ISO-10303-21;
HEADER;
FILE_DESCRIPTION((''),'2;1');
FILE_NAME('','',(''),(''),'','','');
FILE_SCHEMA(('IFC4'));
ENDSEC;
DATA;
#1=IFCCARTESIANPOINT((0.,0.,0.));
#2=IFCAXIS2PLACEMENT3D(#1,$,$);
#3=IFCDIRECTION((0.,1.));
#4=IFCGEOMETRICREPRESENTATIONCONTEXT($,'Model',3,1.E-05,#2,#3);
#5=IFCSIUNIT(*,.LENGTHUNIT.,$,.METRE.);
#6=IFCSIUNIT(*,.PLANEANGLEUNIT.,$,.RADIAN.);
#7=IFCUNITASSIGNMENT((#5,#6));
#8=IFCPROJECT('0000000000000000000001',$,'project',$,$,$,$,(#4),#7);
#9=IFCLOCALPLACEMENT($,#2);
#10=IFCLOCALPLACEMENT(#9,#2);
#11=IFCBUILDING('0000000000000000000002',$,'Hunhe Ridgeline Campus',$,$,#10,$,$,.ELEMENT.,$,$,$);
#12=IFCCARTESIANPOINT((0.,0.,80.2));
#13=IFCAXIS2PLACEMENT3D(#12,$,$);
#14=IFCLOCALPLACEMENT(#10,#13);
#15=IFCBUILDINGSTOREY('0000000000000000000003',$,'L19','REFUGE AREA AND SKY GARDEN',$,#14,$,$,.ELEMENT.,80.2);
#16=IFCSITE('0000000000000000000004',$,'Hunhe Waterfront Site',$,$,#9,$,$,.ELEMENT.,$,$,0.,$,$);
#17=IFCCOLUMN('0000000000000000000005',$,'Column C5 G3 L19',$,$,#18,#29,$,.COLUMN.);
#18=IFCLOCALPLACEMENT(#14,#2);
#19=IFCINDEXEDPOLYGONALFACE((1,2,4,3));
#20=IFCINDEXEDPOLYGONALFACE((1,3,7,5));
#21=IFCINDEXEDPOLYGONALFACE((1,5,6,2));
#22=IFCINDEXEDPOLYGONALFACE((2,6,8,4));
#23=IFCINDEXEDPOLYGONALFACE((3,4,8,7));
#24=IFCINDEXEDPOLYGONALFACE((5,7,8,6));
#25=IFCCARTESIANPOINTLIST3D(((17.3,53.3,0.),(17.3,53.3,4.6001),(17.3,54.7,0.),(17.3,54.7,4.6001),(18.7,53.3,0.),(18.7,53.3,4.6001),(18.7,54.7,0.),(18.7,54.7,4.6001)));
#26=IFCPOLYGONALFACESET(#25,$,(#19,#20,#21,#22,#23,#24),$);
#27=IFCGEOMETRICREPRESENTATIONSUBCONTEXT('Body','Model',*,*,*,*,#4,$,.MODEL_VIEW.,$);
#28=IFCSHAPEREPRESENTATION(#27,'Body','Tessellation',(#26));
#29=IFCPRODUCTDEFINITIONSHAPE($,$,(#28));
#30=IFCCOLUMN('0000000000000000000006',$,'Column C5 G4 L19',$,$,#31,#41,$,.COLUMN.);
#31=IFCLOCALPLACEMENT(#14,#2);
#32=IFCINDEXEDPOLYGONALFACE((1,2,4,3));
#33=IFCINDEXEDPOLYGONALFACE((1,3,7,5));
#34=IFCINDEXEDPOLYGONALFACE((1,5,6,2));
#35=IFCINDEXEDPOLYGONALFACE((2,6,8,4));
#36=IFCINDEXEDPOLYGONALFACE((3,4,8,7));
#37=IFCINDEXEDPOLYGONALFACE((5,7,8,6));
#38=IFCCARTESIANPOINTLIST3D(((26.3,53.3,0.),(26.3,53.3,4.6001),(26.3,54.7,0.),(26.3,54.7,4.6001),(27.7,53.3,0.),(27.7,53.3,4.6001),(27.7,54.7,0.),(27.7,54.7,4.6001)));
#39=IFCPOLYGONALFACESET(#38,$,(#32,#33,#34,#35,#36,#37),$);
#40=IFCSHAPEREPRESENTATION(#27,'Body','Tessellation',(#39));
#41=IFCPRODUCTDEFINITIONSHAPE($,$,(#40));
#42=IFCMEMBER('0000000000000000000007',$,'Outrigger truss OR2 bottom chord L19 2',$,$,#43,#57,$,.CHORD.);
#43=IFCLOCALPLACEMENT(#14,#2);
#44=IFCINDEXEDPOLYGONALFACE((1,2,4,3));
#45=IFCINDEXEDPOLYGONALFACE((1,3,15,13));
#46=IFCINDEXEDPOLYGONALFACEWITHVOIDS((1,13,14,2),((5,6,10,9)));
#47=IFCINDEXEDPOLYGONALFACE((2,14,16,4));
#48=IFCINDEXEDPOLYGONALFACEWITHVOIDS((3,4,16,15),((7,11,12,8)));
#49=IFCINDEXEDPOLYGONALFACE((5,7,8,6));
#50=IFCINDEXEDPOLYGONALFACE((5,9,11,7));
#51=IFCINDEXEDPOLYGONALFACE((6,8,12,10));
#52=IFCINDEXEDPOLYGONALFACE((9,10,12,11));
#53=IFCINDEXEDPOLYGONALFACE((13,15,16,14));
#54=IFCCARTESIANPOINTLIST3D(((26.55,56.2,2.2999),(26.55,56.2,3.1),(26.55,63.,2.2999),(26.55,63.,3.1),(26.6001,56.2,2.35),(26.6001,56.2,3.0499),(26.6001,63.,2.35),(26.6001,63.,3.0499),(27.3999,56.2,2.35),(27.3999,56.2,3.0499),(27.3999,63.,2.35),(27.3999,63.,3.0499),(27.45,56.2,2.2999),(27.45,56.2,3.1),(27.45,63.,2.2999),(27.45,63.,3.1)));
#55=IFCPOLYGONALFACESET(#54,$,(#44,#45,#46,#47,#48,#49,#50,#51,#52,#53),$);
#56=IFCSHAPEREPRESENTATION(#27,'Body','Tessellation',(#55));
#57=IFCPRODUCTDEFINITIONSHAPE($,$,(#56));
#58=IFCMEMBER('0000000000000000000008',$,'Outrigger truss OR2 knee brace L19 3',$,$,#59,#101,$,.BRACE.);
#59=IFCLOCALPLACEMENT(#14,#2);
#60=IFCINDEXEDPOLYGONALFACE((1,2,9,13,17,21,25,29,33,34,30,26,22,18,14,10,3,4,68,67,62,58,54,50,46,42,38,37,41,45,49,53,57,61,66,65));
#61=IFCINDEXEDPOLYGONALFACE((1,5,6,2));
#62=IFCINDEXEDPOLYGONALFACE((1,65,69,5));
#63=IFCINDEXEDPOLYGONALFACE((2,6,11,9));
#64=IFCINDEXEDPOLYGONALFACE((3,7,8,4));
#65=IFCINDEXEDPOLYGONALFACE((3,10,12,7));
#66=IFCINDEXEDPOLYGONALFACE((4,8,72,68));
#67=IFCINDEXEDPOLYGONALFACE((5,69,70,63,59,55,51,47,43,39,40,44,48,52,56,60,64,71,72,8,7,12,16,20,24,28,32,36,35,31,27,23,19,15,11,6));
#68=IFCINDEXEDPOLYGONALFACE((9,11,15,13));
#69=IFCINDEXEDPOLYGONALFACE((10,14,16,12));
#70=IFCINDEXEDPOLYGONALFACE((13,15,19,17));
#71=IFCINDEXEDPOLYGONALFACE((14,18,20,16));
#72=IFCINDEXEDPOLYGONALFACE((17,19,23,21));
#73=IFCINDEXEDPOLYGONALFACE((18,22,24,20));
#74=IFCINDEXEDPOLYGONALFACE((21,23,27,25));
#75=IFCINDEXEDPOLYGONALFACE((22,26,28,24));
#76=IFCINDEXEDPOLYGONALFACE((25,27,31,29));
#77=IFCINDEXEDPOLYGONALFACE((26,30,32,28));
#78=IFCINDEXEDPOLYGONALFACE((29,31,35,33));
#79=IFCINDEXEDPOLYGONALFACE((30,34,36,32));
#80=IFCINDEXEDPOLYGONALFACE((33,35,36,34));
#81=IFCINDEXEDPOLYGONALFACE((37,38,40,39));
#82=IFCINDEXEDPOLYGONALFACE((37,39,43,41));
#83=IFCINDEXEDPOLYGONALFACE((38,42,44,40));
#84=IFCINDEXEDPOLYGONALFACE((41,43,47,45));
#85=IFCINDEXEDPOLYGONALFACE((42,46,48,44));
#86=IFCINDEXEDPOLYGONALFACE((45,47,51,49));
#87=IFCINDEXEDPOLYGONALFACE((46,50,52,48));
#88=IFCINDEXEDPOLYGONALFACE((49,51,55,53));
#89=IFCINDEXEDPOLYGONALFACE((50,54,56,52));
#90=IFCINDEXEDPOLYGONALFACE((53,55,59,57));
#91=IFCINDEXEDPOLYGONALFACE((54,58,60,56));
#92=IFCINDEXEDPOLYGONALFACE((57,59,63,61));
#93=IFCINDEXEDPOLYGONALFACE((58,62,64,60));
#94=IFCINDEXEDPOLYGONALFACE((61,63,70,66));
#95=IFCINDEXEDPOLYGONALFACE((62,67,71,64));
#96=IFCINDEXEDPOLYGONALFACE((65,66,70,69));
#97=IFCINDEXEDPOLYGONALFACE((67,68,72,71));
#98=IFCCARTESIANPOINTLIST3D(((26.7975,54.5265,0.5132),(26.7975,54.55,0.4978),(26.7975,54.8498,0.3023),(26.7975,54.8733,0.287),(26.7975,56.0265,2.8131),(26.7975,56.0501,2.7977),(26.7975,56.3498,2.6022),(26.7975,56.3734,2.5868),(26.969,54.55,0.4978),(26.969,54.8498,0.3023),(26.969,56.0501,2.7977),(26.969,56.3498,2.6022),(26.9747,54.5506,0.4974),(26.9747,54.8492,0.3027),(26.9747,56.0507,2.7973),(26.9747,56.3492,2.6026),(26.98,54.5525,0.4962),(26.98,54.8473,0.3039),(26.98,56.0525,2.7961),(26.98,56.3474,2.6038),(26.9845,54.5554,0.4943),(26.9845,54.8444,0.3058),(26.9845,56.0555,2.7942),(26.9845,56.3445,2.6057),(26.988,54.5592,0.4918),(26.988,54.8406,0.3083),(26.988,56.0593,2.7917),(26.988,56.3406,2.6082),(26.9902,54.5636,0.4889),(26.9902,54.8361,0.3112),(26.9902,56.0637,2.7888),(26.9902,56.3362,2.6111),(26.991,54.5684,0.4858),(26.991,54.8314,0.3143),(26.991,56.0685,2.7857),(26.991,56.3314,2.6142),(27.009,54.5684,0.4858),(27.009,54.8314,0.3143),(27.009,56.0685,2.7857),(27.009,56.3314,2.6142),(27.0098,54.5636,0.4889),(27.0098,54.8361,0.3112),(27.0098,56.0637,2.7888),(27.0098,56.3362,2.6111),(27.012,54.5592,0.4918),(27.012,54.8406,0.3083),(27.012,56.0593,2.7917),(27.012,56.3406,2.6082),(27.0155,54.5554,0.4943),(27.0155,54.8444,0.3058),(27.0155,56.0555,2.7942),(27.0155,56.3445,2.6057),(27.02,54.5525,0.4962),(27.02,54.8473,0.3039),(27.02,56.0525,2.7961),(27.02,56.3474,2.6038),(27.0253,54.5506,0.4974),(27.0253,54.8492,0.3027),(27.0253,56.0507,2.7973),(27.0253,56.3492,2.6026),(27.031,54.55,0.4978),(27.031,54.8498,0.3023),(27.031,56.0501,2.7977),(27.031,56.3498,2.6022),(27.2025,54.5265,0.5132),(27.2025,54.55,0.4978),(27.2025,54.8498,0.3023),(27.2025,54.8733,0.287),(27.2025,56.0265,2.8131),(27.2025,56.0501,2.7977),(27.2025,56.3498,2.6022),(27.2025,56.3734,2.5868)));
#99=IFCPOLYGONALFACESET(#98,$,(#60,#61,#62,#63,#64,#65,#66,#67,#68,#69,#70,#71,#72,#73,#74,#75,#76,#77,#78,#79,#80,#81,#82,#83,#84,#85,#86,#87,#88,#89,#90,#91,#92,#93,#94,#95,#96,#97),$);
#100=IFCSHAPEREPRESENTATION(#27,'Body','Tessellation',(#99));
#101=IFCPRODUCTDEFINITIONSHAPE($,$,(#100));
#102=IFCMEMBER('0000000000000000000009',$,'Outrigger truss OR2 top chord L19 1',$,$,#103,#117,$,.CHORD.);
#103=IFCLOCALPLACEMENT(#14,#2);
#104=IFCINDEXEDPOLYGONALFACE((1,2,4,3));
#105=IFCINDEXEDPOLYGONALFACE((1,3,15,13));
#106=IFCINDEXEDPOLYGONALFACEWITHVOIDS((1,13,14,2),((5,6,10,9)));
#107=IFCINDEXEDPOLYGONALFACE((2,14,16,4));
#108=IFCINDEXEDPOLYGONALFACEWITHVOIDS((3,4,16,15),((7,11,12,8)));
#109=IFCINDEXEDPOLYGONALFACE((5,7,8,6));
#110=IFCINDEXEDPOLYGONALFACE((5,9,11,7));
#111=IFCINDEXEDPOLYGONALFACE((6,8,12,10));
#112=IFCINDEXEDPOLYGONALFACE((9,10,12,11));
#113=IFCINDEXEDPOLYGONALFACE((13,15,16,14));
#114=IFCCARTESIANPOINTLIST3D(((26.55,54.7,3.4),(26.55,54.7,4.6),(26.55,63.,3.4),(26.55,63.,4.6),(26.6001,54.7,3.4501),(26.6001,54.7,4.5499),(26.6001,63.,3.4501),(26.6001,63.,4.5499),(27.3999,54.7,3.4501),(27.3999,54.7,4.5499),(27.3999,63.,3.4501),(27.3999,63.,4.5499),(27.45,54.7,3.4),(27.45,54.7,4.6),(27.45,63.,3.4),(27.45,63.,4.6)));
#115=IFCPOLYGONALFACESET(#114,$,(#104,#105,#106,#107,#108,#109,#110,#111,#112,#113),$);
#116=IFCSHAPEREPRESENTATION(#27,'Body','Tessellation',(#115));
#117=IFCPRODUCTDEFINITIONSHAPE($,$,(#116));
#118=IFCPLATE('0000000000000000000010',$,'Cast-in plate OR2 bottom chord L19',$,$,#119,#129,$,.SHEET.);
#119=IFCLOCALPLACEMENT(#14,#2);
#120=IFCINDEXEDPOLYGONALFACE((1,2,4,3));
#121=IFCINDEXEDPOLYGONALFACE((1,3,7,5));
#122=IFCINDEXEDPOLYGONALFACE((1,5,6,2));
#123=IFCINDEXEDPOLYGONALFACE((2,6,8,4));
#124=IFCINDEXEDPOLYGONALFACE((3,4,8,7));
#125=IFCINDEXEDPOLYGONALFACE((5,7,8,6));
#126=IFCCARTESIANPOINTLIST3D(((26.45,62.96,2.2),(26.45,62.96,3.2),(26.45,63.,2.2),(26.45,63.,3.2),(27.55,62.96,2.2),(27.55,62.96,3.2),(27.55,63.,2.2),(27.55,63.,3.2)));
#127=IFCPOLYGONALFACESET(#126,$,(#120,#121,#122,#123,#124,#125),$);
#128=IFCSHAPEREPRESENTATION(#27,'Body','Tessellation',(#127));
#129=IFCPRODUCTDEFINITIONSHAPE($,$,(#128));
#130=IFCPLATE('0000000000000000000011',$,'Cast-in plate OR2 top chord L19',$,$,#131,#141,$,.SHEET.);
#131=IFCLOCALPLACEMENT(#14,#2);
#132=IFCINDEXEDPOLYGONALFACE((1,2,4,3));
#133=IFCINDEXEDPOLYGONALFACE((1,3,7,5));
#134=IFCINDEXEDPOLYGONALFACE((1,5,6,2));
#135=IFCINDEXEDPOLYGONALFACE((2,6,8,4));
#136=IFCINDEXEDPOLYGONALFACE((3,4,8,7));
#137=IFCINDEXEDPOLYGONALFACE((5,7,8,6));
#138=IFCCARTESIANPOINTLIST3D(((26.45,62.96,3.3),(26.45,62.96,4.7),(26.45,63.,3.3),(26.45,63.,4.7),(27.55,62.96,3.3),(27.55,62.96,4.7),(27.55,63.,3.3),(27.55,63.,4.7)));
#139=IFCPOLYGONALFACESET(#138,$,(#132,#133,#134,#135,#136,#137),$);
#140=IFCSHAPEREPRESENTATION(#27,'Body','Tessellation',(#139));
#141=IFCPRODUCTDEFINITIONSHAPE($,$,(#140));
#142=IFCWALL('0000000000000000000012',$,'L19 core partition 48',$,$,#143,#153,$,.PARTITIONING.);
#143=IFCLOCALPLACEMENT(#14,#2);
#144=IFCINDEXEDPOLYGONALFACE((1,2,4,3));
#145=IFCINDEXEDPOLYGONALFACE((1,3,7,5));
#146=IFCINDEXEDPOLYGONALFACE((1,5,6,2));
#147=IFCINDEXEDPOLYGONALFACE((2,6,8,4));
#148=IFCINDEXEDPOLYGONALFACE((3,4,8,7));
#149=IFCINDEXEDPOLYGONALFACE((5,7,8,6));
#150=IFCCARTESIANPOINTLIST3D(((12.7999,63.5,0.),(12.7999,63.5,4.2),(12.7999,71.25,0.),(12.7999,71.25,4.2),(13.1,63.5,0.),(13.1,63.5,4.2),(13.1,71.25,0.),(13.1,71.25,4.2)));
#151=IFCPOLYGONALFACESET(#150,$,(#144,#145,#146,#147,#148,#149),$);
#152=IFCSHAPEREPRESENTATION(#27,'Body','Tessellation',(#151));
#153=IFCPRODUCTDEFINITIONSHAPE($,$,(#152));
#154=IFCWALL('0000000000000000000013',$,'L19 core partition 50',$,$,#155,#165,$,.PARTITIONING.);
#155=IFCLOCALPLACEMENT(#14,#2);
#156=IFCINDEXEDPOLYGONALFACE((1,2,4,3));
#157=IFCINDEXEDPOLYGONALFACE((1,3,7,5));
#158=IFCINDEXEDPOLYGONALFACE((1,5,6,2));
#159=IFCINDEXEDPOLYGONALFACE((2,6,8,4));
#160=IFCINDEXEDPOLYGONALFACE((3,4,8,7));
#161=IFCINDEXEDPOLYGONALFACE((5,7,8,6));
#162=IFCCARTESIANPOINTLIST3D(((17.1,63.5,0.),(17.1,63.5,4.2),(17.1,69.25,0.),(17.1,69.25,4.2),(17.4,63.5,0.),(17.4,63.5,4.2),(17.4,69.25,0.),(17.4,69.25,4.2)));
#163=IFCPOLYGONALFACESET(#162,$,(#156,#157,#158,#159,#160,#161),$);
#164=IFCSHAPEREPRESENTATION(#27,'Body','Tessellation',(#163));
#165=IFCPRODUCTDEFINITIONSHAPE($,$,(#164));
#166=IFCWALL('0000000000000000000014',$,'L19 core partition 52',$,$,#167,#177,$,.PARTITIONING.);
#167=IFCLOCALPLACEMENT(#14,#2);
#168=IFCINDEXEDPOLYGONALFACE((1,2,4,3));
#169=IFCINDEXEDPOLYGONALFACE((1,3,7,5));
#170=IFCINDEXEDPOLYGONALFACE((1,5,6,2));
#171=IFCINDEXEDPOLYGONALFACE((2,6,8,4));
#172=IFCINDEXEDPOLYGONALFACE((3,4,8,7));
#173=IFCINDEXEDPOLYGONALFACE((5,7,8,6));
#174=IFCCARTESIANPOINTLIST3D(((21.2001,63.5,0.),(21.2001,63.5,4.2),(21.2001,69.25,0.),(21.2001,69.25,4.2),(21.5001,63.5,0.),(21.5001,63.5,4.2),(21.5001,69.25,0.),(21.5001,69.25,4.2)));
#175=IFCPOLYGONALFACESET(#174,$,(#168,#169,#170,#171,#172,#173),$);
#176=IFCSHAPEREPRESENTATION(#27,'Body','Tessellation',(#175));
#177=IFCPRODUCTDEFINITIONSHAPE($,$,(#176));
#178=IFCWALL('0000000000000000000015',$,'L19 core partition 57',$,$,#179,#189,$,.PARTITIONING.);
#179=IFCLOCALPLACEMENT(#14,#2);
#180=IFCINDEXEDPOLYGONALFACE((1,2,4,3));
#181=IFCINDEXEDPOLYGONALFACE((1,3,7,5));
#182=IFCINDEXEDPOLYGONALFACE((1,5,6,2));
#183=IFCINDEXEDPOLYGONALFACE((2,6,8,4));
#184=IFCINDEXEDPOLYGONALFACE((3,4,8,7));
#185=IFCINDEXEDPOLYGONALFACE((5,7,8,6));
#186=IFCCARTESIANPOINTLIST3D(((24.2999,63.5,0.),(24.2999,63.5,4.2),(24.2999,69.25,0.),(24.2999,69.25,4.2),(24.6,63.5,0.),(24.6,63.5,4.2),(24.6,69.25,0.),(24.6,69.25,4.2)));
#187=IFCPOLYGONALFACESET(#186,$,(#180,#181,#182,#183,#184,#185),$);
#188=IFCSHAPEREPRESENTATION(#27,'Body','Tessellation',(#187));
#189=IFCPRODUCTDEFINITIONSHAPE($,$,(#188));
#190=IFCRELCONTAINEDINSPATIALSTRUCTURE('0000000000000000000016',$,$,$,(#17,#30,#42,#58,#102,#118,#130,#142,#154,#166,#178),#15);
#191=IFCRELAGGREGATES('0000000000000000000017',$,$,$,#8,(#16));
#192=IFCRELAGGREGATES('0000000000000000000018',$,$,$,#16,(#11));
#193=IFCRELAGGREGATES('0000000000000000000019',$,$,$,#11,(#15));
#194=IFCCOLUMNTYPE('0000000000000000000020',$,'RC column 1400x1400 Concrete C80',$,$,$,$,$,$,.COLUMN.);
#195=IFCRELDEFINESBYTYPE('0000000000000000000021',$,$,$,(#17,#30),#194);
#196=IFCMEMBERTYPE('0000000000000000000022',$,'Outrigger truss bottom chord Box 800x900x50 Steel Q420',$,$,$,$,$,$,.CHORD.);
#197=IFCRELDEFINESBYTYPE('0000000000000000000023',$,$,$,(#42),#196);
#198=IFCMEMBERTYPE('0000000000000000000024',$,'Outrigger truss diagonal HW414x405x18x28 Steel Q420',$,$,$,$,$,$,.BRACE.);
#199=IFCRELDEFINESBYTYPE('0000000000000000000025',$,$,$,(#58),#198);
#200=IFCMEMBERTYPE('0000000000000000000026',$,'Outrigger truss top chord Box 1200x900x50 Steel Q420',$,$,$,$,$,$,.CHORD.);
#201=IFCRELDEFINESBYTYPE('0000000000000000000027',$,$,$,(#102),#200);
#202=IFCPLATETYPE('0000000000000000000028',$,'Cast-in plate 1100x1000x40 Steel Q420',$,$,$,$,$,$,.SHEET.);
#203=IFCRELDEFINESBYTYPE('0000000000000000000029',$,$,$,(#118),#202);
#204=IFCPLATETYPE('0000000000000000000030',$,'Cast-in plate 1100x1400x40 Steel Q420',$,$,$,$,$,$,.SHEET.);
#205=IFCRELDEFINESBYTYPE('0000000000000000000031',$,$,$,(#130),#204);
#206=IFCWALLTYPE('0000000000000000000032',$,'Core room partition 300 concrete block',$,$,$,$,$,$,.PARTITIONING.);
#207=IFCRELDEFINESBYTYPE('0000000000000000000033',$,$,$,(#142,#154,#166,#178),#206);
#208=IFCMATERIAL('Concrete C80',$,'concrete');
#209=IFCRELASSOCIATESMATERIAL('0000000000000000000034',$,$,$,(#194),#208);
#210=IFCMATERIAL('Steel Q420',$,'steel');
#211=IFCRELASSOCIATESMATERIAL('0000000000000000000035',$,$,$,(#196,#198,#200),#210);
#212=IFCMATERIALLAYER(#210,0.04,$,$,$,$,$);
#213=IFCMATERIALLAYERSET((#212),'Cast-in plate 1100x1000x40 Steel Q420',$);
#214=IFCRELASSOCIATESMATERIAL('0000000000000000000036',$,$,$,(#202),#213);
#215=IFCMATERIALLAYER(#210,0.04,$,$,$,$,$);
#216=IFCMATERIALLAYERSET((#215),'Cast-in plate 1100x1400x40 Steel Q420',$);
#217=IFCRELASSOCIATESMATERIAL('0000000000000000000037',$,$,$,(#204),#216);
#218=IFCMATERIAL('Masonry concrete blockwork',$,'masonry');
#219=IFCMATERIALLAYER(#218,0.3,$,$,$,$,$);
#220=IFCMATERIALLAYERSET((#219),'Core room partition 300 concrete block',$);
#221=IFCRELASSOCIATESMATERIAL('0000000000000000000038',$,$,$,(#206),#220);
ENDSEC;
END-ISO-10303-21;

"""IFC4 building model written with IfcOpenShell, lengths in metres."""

from ifc_helpers import new_model, si_unit, direction, frame, frame_2d, origin, origin_2d, place, context, subcontext, project, spatial, rectangle, hollow_rectangle, i_section, extrude, material, layer, layer_set, material_profile, profile_set, type_object, element, save


model = new_model("IFC4")

# Units and contexts
model_context = context("Model", 3, precision=1e-05, world=origin(), true_north=direction((0.0, 1.0)))
body_context = subcontext(model_context, "Body", "Model", "MODEL_VIEW")
ifc_project = project(units=[si_unit("LENGTHUNIT", "METRE"), si_unit("PLANEANGLEUNIT", "RADIAN")], contexts=[model_context])

# Site, building, storey
site_placement = place(None, origin())
site = spatial("IfcSite", under=ifc_project, at=site_placement, Name="Hunhe Waterfront Site", CompositionType="ELEMENT", RefElevation=0.0)
building_placement = place(site_placement, origin())
building = spatial("IfcBuilding", under=site, at=building_placement, Name="Hunhe Ridgeline Campus", CompositionType="ELEMENT")
storey_placement = place(building_placement, frame((0.0, 0.0, 80.2)))
storey = spatial("IfcBuildingStorey", under=building, at=storey_placement, Name="L19", Description="REFUGE AREA AND SKY GARDEN", CompositionType="ELEMENT", Elevation=80.2)

# Columns
ifc_material_1 = material(Name="Concrete C80", Category="concrete")
ifc_material_profile_1 = material_profile(ifc_material_1, rectangle(XDim=1.3999, YDim=1.3999, at=origin_2d()))
ifc_profile_set_1 = profile_set([ifc_material_profile_1], Name="Concrete C80")
column_type = type_object("IfcColumnType", Name="RC column 1400x1400 Concrete C80", PredefinedType="COLUMN", material=ifc_profile_set_1)
for number, where, z_axis, x_axis, name in (
    (1, (18.0, 54.0, 0.0), (0.0, 0.0, 1.0), (1.0, 0.0, 0.0), "Column C5 G3 L19"),
    (2, (27.0, 54.0, 0.0), (0.0, 0.0, 1.0), (1.0, 0.0, 0.0), "Column C5 G4 L19"),
):
    element("IfcColumn", number, at=place(storey_placement, frame(where, z_axis=z_axis, x_axis=x_axis)), inside=storey, type_object=column_type, Name=name, PredefinedType="COLUMN", context=body_context, shape_type="SweptSolid", body=[
        extrude(rectangle(XDim=1.3999, YDim=1.3999, at=origin_2d()), origin(), (0.0, 0.0, 1.0), 4.6001),
    ])

# Members
ifc_material_2 = material(Name="Steel Q420", Category="steel")
ifc_material_profile_2 = material_profile(ifc_material_2, hollow_rectangle(XDim=0.8999, YDim=0.8, WallThickness=0.05, at=origin_2d()))
ifc_profile_set_2 = profile_set([ifc_material_profile_2], Name="Steel Q420")
member_type_1 = type_object("IfcMemberType", Name="Outrigger truss bottom chord Box 800x900x50 Steel Q420", PredefinedType="CHORD", material=ifc_profile_set_2)
member_1_placement = place(storey_placement, frame((27.0, 63.0, 2.7), z_axis=(0.0, -1.0, 0.0), x_axis=(1.0, 0.0, 0.0)))
element("IfcMember", 3, at=member_1_placement, inside=storey, type_object=member_type_1, Name="Outrigger truss OR2 bottom chord L19 2", PredefinedType="CHORD", context=body_context, shape_type="SweptSolid", body=[
    extrude(hollow_rectangle(XDim=0.8999, YDim=0.8, WallThickness=0.05, at=origin_2d()), origin(), (0.0, 0.0, 1.0), 6.8),
])
ifc_material_profile_3 = material_profile(ifc_material_2, i_section(OverallWidth=0.405, OverallDepth=0.4141, WebThickness=0.0181, FlangeThickness=0.0281, FilletRadius=0.022, at=origin_2d()))
ifc_profile_set_3 = profile_set([ifc_material_profile_3], Name="Steel Q420")
member_type_2 = type_object("IfcMemberType", Name="Outrigger truss diagonal HW414x405x18x28 Steel Q420", PredefinedType="BRACE", material=ifc_profile_set_3)
member_2_placement = place(storey_placement, frame((27.0, 56.2, 2.7), z_axis=(0.0, -0.5463, -0.837589), x_axis=(1.0, 0.0, 0.0)))
element("IfcMember", 4, at=member_2_placement, inside=storey, type_object=member_type_2, Name="Outrigger truss OR2 knee brace L19 3", PredefinedType="BRACE", context=body_context, shape_type="SweptSolid", body=[
    extrude(i_section(OverallWidth=0.405, OverallDepth=0.4141, WebThickness=0.0181, FlangeThickness=0.0281, FilletRadius=0.022, at=origin_2d()), origin(), (0.0, 0.0, 1.0), 2.7458),
])
ifc_material_profile_4 = material_profile(ifc_material_2, hollow_rectangle(XDim=0.8999, YDim=1.2, WallThickness=0.05, at=origin_2d()))
ifc_profile_set_4 = profile_set([ifc_material_profile_4], Name="Steel Q420")
member_type_3 = type_object("IfcMemberType", Name="Outrigger truss top chord Box 1200x900x50 Steel Q420", PredefinedType="CHORD", material=ifc_profile_set_4)
member_3_placement = place(storey_placement, frame((27.0, 63.0, 4.0), z_axis=(0.0, -1.0, 0.0), x_axis=(1.0, 0.0, 0.0)))
element("IfcMember", 5, at=member_3_placement, inside=storey, type_object=member_type_3, Name="Outrigger truss OR2 top chord L19 1", PredefinedType="CHORD", context=body_context, shape_type="SweptSolid", body=[
    extrude(hollow_rectangle(XDim=0.8999, YDim=1.2, WallThickness=0.05, at=origin_2d()), origin(), (0.0, 0.0, 1.0), 8.3),
])

# Plates
ifc_layer_1 = layer(ifc_material_2, 0.04)
ifc_layer_set_1 = layer_set([ifc_layer_1], Name="Cast-in plate 1100x1000x40 Steel Q420")
plate_type_1 = type_object("IfcPlateType", Name="Cast-in plate 1100x1000x40 Steel Q420", PredefinedType="SHEET", material=ifc_layer_set_1)
plate_1_placement = place(storey_placement, frame((27.0, 62.98, 2.2), z_axis=(0.0, 0.0, 1.0), x_axis=(0.0, -1.0, 0.0)))
element("IfcPlate", 6, at=plate_1_placement, inside=storey, type_object=plate_type_1, Name="Cast-in plate OR2 bottom chord L19", PredefinedType="SHEET", context=body_context, shape_type="SweptSolid", body=[
    extrude(rectangle(XDim=0.04, YDim=1.1001, at=origin_2d()), origin(), (0.0, 0.0, 1.0), 1.0),
])
ifc_layer_2 = layer(ifc_material_2, 0.04)
ifc_layer_set_2 = layer_set([ifc_layer_2], Name="Cast-in plate 1100x1400x40 Steel Q420")
plate_type_2 = type_object("IfcPlateType", Name="Cast-in plate 1100x1400x40 Steel Q420", PredefinedType="SHEET", material=ifc_layer_set_2)
plate_2_placement = place(storey_placement, frame((27.0, 62.98, 3.3), z_axis=(0.0, 0.0, 1.0), x_axis=(0.0, -1.0, 0.0)))
element("IfcPlate", 7, at=plate_2_placement, inside=storey, type_object=plate_type_2, Name="Cast-in plate OR2 top chord L19", PredefinedType="SHEET", context=body_context, shape_type="SweptSolid", body=[
    extrude(rectangle(XDim=0.04, YDim=1.1001, at=origin_2d()), origin(), (0.0, 0.0, 1.0), 1.3999),
])

# Shared definitions
ifc_material_3 = material(Name="Masonry concrete blockwork", Category="masonry")
ifc_layer_3 = layer(ifc_material_3, 0.3)
ifc_layer_set_3 = layer_set([ifc_layer_3], Name="Core room partition 300 concrete block")
wall_type_1 = type_object("IfcWallType", Name="Core room partition 300 concrete block", PredefinedType="PARTITIONING", material=ifc_layer_set_3)

# Walls
wall_1_placement = place(storey_placement, frame((12.95, 63.5, 0.0), z_axis=(0.0, 0.0, 1.0), x_axis=(0.0, 1.0, 0.0)))
element("IfcWall", 8, at=wall_1_placement, inside=storey, type_object=wall_type_1, Name="L19 core partition 48", PredefinedType="PARTITIONING", context=body_context, shape_type="SweptSolid", body=[
    extrude(rectangle(XDim=7.75, YDim=0.3, at=frame_2d((3.875, 0.0))), origin(), (0.0, 0.0, 1.0), 4.2),
])
for number, where, z_axis, x_axis, name in (
    (9, (17.25, 63.5, 0.0), (0.0, 0.0, 1.0), (0.0, 1.0, 0.0), "L19 core partition 50"),
    (10, (21.3501, 63.5, 0.0), (0.0, 0.0, 1.0), (0.0, 1.0, 0.0), "L19 core partition 52"),
    (11, (24.45, 63.5, 0.0), (0.0, 0.0, 1.0), (0.0, 1.0, 0.0), "L19 core partition 57"),
):
    element("IfcWall", number, at=place(storey_placement, frame(where, z_axis=z_axis, x_axis=x_axis)), inside=storey, type_object=wall_type_1, Name=name, PredefinedType="PARTITIONING", context=body_context, shape_type="SweptSolid", body=[
        extrude(rectangle(XDim=5.75, YDim=0.3, at=frame_2d((2.875, 0.0))), origin(), (0.0, 0.0, 1.0), 4.2),
    ])

save(model, "model.ifc")
